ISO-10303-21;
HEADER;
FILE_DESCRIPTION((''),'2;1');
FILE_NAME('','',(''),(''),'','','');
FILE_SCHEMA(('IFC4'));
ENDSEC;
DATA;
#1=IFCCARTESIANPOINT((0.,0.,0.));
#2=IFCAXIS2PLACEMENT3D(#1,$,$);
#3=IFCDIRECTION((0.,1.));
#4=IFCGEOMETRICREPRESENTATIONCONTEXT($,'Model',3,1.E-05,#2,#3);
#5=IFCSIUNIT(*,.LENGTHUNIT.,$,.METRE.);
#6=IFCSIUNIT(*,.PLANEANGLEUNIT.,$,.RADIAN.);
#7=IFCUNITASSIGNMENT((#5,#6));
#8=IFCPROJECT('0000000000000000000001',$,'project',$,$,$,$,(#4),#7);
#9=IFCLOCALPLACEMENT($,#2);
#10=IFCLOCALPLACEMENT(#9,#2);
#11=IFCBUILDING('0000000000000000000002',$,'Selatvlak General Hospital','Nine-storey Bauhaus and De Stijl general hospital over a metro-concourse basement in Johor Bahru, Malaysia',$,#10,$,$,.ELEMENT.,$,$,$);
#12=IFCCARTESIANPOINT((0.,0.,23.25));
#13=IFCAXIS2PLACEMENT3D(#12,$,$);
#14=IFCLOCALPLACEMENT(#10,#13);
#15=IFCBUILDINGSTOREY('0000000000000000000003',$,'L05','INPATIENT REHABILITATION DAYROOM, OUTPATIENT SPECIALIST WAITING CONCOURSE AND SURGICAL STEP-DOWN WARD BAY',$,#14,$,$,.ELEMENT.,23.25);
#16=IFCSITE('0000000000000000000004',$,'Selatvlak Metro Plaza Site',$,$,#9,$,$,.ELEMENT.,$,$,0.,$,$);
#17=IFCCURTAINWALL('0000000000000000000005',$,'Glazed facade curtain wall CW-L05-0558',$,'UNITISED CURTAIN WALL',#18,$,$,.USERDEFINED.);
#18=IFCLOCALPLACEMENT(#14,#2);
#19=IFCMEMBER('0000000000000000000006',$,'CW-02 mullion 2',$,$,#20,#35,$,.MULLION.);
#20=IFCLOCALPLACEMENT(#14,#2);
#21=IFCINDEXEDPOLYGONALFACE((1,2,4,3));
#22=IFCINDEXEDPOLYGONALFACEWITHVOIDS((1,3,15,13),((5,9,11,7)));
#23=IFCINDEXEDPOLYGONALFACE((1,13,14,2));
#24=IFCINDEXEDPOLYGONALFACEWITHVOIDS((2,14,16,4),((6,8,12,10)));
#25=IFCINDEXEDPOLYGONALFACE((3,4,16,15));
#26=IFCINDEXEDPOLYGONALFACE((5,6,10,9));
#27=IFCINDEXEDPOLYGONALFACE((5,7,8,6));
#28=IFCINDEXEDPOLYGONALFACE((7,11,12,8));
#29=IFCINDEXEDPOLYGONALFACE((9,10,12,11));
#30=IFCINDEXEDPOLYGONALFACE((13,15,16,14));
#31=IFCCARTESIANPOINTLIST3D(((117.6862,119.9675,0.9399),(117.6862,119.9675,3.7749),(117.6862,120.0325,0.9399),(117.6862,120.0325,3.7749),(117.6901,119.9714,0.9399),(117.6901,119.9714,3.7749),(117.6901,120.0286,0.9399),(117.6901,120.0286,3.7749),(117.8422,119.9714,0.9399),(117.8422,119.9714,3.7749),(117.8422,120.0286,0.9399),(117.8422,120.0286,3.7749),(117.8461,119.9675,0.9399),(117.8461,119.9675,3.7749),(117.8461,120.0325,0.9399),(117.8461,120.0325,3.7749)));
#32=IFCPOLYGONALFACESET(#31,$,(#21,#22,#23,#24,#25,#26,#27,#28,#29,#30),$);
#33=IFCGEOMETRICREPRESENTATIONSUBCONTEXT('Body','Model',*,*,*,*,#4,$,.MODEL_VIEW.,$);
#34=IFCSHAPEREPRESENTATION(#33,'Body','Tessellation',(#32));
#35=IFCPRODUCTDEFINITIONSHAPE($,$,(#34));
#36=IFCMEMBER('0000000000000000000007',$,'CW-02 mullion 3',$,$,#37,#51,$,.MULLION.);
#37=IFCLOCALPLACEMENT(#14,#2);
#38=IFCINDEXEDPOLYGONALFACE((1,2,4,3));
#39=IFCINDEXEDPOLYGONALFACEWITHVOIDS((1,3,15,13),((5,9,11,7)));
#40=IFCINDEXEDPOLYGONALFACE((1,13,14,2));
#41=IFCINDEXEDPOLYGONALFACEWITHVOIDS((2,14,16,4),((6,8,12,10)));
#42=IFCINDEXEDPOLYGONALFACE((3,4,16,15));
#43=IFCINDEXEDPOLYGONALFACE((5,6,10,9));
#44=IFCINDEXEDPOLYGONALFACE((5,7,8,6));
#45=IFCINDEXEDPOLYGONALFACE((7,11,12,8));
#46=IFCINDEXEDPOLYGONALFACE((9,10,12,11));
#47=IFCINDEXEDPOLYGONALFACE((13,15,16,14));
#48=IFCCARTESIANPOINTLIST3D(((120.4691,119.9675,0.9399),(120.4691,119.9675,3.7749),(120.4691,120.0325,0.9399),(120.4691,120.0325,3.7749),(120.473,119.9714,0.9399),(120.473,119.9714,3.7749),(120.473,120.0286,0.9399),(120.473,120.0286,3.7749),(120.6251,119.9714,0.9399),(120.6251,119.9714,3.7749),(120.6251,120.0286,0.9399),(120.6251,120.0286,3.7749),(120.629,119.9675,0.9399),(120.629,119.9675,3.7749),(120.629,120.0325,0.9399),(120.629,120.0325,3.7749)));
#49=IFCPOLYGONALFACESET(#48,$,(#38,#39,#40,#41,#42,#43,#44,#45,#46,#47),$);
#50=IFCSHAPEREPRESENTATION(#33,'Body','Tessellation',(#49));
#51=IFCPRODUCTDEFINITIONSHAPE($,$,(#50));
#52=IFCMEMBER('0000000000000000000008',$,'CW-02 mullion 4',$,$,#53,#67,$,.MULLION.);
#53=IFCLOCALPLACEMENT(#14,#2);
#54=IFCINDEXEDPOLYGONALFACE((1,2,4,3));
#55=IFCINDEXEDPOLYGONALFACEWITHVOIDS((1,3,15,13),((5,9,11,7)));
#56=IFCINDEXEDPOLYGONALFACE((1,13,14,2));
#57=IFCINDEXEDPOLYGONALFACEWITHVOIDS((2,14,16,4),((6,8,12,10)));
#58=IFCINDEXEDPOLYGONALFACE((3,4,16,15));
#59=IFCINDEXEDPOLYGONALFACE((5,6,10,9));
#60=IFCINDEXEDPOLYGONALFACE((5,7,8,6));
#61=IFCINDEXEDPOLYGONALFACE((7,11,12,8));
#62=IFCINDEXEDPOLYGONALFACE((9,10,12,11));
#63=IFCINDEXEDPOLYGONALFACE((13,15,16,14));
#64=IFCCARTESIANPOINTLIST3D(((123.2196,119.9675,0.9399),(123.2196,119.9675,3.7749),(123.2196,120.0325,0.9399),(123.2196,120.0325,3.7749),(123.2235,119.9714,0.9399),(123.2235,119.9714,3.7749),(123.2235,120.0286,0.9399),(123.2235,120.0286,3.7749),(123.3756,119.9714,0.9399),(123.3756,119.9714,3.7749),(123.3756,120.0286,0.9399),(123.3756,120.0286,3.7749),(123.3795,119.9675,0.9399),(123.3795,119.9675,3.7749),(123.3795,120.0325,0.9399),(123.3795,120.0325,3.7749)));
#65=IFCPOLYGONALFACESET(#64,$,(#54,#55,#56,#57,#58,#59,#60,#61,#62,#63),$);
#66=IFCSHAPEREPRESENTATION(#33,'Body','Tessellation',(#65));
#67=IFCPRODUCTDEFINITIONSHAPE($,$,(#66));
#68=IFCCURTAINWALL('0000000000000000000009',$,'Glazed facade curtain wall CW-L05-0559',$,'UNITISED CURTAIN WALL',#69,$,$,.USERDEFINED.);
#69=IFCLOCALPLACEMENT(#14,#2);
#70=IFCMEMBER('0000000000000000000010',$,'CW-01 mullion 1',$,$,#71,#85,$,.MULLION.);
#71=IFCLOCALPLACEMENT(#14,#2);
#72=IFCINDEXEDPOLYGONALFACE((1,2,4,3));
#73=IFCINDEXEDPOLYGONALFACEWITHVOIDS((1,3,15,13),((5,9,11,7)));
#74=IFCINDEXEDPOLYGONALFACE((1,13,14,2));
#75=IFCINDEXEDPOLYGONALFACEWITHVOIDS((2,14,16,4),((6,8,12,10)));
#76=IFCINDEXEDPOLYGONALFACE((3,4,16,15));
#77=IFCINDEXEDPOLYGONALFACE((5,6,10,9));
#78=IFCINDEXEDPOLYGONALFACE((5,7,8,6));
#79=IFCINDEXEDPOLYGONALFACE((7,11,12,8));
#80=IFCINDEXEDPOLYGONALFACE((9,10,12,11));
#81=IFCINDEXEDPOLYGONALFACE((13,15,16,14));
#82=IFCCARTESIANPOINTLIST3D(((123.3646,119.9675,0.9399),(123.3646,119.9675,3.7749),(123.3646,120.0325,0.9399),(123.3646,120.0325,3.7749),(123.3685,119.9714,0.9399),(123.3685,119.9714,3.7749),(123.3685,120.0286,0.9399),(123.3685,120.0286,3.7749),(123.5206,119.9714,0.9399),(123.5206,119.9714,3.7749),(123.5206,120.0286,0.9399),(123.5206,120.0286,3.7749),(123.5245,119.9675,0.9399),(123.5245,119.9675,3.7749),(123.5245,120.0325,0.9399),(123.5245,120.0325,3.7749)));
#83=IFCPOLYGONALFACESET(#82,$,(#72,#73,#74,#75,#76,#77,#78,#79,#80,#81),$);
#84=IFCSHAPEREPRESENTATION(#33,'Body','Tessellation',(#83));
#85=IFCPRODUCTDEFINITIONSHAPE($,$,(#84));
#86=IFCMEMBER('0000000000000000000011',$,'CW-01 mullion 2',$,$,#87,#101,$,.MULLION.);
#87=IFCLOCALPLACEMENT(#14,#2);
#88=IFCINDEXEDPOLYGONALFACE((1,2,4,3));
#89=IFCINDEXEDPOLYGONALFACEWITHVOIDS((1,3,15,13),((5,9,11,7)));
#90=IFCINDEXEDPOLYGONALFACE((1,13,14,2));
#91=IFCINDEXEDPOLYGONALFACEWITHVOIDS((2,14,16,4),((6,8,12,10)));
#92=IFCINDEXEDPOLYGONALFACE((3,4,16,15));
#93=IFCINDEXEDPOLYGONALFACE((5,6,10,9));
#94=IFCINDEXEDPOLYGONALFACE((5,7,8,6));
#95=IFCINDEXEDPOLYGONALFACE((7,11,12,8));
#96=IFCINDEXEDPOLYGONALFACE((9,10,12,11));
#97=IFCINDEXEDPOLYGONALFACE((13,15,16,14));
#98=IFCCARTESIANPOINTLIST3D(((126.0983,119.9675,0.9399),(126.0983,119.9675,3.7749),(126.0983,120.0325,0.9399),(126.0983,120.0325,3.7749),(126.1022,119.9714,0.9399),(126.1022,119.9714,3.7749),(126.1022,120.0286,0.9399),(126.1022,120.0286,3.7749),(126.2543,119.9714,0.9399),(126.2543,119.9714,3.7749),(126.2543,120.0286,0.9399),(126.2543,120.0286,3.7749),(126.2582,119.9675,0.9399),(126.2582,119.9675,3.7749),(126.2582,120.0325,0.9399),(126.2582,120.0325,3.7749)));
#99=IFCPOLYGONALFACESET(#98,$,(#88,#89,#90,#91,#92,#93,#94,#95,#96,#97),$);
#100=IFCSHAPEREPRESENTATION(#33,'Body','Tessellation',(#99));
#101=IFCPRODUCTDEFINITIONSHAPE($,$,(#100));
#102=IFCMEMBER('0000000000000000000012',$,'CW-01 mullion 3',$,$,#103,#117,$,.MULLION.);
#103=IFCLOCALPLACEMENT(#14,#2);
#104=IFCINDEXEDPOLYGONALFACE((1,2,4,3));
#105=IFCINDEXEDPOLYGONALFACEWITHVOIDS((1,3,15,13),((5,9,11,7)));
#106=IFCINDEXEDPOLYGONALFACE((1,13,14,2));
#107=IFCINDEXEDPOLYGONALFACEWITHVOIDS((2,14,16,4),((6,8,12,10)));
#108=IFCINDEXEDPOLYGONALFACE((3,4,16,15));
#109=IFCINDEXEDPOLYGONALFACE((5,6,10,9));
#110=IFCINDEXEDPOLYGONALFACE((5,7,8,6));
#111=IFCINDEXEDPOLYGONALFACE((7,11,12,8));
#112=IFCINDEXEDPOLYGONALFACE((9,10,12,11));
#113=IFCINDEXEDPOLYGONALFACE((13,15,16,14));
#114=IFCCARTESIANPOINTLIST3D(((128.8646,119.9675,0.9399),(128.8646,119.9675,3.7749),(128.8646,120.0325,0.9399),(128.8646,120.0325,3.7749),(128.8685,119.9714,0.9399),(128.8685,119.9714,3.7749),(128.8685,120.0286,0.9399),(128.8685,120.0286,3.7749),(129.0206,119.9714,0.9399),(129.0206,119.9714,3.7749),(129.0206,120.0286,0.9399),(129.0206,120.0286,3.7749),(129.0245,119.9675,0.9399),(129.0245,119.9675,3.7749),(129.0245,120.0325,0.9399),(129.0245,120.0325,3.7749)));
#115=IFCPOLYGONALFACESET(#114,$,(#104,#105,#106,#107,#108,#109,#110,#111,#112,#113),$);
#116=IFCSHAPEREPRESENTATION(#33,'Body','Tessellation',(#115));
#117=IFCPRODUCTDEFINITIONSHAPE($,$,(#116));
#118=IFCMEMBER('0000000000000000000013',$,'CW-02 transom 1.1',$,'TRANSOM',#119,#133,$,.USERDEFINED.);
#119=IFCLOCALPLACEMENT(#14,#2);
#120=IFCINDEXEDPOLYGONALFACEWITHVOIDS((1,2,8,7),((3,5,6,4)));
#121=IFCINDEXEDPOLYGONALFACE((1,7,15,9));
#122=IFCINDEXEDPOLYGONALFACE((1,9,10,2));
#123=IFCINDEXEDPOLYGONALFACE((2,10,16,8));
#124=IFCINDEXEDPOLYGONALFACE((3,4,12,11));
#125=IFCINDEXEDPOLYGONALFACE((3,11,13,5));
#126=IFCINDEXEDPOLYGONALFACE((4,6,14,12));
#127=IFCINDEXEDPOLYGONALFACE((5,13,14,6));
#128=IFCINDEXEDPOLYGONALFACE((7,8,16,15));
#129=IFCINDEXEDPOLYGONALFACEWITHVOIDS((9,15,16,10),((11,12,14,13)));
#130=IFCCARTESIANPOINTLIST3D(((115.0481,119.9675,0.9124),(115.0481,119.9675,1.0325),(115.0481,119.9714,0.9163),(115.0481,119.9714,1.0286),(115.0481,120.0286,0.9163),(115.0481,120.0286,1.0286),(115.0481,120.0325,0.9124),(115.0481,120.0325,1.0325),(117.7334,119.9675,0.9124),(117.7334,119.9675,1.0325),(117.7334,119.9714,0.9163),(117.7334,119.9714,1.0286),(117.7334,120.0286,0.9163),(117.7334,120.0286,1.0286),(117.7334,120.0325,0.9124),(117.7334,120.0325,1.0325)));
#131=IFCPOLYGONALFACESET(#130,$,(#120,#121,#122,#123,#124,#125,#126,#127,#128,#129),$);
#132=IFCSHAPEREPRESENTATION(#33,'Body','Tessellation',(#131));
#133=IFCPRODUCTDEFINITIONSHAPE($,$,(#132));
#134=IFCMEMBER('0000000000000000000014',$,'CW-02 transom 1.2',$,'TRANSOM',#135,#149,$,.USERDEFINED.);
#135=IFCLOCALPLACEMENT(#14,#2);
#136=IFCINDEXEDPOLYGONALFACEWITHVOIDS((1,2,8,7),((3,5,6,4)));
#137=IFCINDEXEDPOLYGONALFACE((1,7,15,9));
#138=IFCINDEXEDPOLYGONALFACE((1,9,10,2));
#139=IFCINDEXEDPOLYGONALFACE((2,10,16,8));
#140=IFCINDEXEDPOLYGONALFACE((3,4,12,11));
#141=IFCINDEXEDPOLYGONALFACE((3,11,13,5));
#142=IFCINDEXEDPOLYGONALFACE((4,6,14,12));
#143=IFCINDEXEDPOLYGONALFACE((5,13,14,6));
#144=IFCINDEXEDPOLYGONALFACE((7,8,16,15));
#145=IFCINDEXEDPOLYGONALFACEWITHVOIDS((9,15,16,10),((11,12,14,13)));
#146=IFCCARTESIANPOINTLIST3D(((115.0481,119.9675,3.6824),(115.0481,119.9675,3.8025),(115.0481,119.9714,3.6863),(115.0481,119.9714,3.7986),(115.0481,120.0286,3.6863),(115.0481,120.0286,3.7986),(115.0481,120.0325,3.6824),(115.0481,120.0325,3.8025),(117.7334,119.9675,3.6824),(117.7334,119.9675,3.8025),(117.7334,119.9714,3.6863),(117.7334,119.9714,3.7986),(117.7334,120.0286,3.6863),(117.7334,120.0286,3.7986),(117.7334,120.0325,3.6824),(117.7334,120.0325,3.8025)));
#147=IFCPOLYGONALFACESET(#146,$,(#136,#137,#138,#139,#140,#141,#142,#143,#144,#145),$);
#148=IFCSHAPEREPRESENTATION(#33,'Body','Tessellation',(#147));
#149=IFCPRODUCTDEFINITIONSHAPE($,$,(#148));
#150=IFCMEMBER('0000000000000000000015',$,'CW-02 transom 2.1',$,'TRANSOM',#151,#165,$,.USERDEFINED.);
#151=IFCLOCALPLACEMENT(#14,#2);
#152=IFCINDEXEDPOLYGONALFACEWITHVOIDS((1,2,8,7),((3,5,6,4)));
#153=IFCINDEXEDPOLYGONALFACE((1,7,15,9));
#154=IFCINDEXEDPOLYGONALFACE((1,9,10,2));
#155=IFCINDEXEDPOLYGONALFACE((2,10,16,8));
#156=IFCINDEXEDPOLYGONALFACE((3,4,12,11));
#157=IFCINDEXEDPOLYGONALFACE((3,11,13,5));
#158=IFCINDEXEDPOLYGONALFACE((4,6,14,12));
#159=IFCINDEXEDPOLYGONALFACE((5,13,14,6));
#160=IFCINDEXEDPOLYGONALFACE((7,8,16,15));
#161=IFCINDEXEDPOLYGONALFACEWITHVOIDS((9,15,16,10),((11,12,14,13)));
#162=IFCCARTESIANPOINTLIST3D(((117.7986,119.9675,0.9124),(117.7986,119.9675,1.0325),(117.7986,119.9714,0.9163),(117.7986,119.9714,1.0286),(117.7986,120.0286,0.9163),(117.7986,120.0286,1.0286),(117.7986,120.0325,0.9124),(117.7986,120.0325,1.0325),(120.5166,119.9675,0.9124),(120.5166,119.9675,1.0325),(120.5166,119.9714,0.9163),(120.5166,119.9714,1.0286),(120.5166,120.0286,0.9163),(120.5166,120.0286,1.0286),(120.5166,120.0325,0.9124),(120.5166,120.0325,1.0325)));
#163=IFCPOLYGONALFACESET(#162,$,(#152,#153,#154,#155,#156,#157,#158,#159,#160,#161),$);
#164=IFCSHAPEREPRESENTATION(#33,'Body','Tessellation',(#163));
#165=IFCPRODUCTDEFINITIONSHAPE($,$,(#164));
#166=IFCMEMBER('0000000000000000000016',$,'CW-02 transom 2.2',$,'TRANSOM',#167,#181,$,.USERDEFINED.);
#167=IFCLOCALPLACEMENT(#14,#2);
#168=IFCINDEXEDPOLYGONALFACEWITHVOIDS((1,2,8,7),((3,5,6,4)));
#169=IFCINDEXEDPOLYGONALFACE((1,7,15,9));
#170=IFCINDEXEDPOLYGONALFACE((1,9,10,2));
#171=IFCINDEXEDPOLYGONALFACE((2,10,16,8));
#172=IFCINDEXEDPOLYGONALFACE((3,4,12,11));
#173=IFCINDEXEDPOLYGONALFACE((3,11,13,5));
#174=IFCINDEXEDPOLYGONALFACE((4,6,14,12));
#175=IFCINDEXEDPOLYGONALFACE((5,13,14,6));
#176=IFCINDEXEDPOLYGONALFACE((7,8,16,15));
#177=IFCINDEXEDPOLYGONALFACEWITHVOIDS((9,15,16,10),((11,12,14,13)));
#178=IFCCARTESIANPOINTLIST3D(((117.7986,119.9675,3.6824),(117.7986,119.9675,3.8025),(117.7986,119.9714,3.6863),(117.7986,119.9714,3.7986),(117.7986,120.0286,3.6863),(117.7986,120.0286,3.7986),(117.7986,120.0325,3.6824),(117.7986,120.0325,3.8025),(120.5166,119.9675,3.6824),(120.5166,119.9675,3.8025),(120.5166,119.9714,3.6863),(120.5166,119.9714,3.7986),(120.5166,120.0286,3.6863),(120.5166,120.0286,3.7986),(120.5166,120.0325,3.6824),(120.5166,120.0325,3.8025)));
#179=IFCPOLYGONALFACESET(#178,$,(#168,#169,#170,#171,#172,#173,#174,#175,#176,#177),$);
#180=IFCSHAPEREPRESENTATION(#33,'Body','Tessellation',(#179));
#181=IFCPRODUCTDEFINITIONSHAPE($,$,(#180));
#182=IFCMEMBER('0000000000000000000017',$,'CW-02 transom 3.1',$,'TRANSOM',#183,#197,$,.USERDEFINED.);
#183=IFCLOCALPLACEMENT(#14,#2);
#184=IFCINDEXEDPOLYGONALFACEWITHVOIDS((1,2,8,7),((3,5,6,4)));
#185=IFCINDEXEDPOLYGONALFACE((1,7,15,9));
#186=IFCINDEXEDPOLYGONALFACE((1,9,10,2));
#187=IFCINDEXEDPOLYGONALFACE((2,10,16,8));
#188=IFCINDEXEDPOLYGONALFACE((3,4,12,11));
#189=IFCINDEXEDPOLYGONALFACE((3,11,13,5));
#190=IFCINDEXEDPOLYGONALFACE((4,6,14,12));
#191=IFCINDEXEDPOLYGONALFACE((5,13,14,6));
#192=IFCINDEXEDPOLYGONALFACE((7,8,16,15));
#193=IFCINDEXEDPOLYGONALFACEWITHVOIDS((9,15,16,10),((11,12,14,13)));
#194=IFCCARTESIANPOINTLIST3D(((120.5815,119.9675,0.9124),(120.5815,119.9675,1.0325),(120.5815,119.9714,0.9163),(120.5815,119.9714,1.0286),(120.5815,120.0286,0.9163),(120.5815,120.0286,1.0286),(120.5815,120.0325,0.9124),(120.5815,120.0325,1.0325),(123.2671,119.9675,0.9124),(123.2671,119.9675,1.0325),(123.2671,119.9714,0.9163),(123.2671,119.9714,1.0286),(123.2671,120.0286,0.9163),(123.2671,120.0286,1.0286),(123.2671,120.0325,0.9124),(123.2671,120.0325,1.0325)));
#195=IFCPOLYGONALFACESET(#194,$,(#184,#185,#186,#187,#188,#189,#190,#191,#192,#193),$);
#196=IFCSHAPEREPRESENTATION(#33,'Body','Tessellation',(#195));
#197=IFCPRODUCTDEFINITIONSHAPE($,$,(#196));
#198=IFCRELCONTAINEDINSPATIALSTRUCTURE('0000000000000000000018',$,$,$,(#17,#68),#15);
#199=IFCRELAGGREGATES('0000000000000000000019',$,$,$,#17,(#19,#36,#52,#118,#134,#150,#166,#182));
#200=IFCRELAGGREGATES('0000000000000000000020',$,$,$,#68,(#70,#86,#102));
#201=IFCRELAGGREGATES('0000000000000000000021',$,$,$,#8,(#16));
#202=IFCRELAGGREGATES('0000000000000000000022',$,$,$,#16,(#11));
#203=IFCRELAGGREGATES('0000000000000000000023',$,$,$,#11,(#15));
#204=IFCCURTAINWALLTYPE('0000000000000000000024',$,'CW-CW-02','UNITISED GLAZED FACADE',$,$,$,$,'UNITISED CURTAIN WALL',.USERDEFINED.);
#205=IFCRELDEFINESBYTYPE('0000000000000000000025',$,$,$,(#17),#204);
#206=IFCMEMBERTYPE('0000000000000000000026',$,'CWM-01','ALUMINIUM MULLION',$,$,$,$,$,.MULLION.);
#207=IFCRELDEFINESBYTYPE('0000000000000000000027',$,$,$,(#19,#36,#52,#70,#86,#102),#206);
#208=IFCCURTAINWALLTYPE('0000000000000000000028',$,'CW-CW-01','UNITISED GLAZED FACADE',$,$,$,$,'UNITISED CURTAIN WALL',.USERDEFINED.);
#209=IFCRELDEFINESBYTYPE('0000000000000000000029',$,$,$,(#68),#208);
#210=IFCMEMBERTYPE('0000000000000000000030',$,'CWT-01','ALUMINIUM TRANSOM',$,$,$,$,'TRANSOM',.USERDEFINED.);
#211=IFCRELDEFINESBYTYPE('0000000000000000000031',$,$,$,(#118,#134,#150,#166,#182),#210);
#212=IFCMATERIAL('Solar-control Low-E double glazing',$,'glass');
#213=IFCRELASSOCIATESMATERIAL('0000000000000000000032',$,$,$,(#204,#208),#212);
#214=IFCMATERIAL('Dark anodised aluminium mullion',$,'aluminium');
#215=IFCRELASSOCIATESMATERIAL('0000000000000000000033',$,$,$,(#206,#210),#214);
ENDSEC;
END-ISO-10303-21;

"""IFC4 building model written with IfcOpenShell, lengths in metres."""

from ifc_helpers import new_model, si_unit, direction, frame, origin, origin_2d, place, context, subcontext, project, spatial, hollow_rectangle, extrude, material, material_profile, profile_set, type_object, element, aggregate, save


model = new_model("IFC4")

# Units and contexts
model_context = context("Model", 3, precision=1e-05, world=origin(), true_north=direction((0.0, 1.0)))
body_context = subcontext(model_context, "Body", "Model", "MODEL_VIEW")
ifc_project = project(units=[si_unit("LENGTHUNIT", "METRE"), si_unit("PLANEANGLEUNIT", "RADIAN")], contexts=[model_context])

# Site, building, storey
site_placement = place(None, origin())
site = spatial("IfcSite", under=ifc_project, at=site_placement, Name="Selatvlak Metro Plaza Site", CompositionType="ELEMENT", RefElevation=0.0)
building_placement = place(site_placement, origin())
building = spatial("IfcBuilding", under=site, at=building_placement, Name="Selatvlak General Hospital", Description="Nine-storey Bauhaus and De Stijl general hospital over a metro-concourse basement in Johor Bahru, Malaysia", CompositionType="ELEMENT")
storey_placement = place(building_placement, frame((0.0, 0.0, 23.25)))
storey = spatial("IfcBuildingStorey", under=building, at=storey_placement, Name="L05", Description="INPATIENT REHABILITATION DAYROOM, OUTPATIENT SPECIALIST WAITING CONCOURSE AND SURGICAL STEP-DOWN WARD BAY", CompositionType="ELEMENT", Elevation=23.25)

# Curtain walls, members
ifc_material_1 = material(Name="Solar-control Low-E double glazing", Category="glass")
curtain_wall_type_1 = type_object("IfcCurtainWallType", Name="CW-CW-02", Description="UNITISED GLAZED FACADE", ElementType="UNITISED CURTAIN WALL", PredefinedType="USERDEFINED", material=ifc_material_1)
curtain_wall_1_placement = place(storey_placement, origin())
curtain_wall_1 = element("IfcCurtainWall", 1, at=curtain_wall_1_placement, inside=storey, type_object=curtain_wall_type_1, Name="Glazed facade curtain wall CW-L05-0558", ObjectType="UNITISED CURTAIN WALL", PredefinedType="USERDEFINED")
ifc_material_2 = material(Name="Dark anodised aluminium mullion", Category="aluminium")
ifc_material_profile_1 = material_profile(ifc_material_2, hollow_rectangle(XDim=0.0649, YDim=0.1599, WallThickness=0.0039, at=origin_2d()), Name="AL-MUL 65x160x4")
ifc_profile_set_1 = profile_set([ifc_material_profile_1], Name="Dark anodised aluminium mullion")
member_type_1 = type_object("IfcMemberType", Name="CWM-01", Description="ALUMINIUM MULLION", PredefinedType="MULLION", material=ifc_profile_set_1)
member_1_placement = place(storey_placement, frame((117.7661, 120.0, 0.9399), z_axis=(0.0, 0.0, 1.0), x_axis=(0.0, 1.0, 0.0)))
member_1 = element("IfcMember", 2, at=member_1_placement, type_object=member_type_1, Name="CW-02 mullion 2", PredefinedType="MULLION", context=body_context, shape_type="SweptSolid", body=[
    extrude(hollow_rectangle(XDim=0.0649, YDim=0.1599, WallThickness=0.0039, at=origin_2d()), origin(), (0.0, 0.0, 1.0), 2.835),
])
member_2_placement = place(storey_placement, frame((120.5491, 120.0, 0.9399), z_axis=(0.0, 0.0, 1.0), x_axis=(0.0, 1.0, 0.0)))
member_2 = element("IfcMember", 3, at=member_2_placement, type_object=member_type_1, Name="CW-02 mullion 3", PredefinedType="MULLION", context=body_context, shape_type="SweptSolid", body=[
    extrude(hollow_rectangle(XDim=0.0649, YDim=0.1599, WallThickness=0.0039, at=origin_2d()), origin(), (0.0, 0.0, 1.0), 2.835),
])
member_3_placement = place(storey_placement, frame((123.2996, 120.0, 0.9399), z_axis=(0.0, 0.0, 1.0), x_axis=(0.0, 1.0, 0.0)))
member_3 = element("IfcMember", 4, at=member_3_placement, type_object=member_type_1, Name="CW-02 mullion 4", PredefinedType="MULLION", context=body_context, shape_type="SweptSolid", body=[
    extrude(hollow_rectangle(XDim=0.0649, YDim=0.1599, WallThickness=0.0039, at=origin_2d()), origin(), (0.0, 0.0, 1.0), 2.835),
])
curtain_wall_type_2 = type_object("IfcCurtainWallType", Name="CW-CW-01", Description="UNITISED GLAZED FACADE", ElementType="UNITISED CURTAIN WALL", PredefinedType="USERDEFINED", material=ifc_material_1)
curtain_wall_2_placement = place(storey_placement, origin())
curtain_wall_2 = element("IfcCurtainWall", 5, at=curtain_wall_2_placement, inside=storey, type_object=curtain_wall_type_2, Name="Glazed facade curtain wall CW-L05-0559", ObjectType="UNITISED CURTAIN WALL", PredefinedType="USERDEFINED")
member_4_placement = place(storey_placement, frame((123.4446, 120.0, 0.9399), z_axis=(0.0, 0.0, 1.0), x_axis=(0.0, 1.0, 0.0)))
member_4 = element("IfcMember", 6, at=member_4_placement, type_object=member_type_1, Name="CW-01 mullion 1", PredefinedType="MULLION", context=body_context, shape_type="SweptSolid", body=[
    extrude(hollow_rectangle(XDim=0.0649, YDim=0.1599, WallThickness=0.0039, at=origin_2d()), origin(), (0.0, 0.0, 1.0), 2.835),
])
member_5_placement = place(storey_placement, frame((126.1782, 120.0, 0.9399), z_axis=(0.0, 0.0, 1.0), x_axis=(0.0, 1.0, 0.0)))
member_5 = element("IfcMember", 7, at=member_5_placement, type_object=member_type_1, Name="CW-01 mullion 2", PredefinedType="MULLION", context=body_context, shape_type="SweptSolid", body=[
    extrude(hollow_rectangle(XDim=0.0649, YDim=0.1599, WallThickness=0.0039, at=origin_2d()), origin(), (0.0, 0.0, 1.0), 2.835),
])
member_6_placement = place(storey_placement, frame((128.9446, 120.0, 0.9399), z_axis=(0.0, 0.0, 1.0), x_axis=(0.0, 1.0, 0.0)))
member_6 = element("IfcMember", 8, at=member_6_placement, type_object=member_type_1, Name="CW-01 mullion 3", PredefinedType="MULLION", context=body_context, shape_type="SweptSolid", body=[
    extrude(hollow_rectangle(XDim=0.0649, YDim=0.1599, WallThickness=0.0039, at=origin_2d()), origin(), (0.0, 0.0, 1.0), 2.835),
])

# Members
ifc_material_profile_2 = material_profile(ifc_material_2, hollow_rectangle(XDim=0.0649, YDim=0.1201, WallThickness=0.0039, at=origin_2d()), Name="AL-TRN 65x120x4")
ifc_profile_set_2 = profile_set([ifc_material_profile_2], Name="Dark anodised aluminium mullion")
member_type_2 = type_object("IfcMemberType", Name="CWT-01", Description="ALUMINIUM TRANSOM", ElementType="TRANSOM", PredefinedType="USERDEFINED", material=ifc_profile_set_2)
member_7_placement = place(storey_placement, frame((115.0481, 120.0, 0.9724), z_axis=(1.0, 0.0, 0.0), x_axis=(0.0, 1.0, 0.0)))
member_7 = element("IfcMember", 9, at=member_7_placement, type_object=member_type_2, Name="CW-02 transom 1.1", ObjectType="TRANSOM", PredefinedType="USERDEFINED", context=body_context, shape_type="SweptSolid", body=[
    extrude(hollow_rectangle(XDim=0.0649, YDim=0.1201, WallThickness=0.0039, at=origin_2d()), origin(), (0.0, 0.0, 1.0), 2.6853),
])
member_8_placement = place(storey_placement, frame((115.0481, 120.0, 3.7424), z_axis=(1.0, 0.0, 0.0), x_axis=(0.0, 1.0, 0.0)))
member_8 = element("IfcMember", 10, at=member_8_placement, type_object=member_type_2, Name="CW-02 transom 1.2", ObjectType="TRANSOM", PredefinedType="USERDEFINED", context=body_context, shape_type="SweptSolid", body=[
    extrude(hollow_rectangle(XDim=0.0649, YDim=0.1201, WallThickness=0.0039, at=origin_2d()), origin(), (0.0, 0.0, 1.0), 2.6853),
])
member_9_placement = place(storey_placement, frame((117.7986, 120.0, 0.9724), z_axis=(1.0, 0.0, 0.0), x_axis=(0.0, 1.0, 0.0)))
member_9 = element("IfcMember", 11, at=member_9_placement, type_object=member_type_2, Name="CW-02 transom 2.1", ObjectType="TRANSOM", PredefinedType="USERDEFINED", context=body_context, shape_type="SweptSolid", body=[
    extrude(hollow_rectangle(XDim=0.0649, YDim=0.1201, WallThickness=0.0039, at=origin_2d()), origin(), (0.0, 0.0, 1.0), 2.718),
])
member_10_placement = place(storey_placement, frame((117.7986, 120.0, 3.7424), z_axis=(1.0, 0.0, 0.0), x_axis=(0.0, 1.0, 0.0)))
member_10 = element("IfcMember", 12, at=member_10_placement, type_object=member_type_2, Name="CW-02 transom 2.2", ObjectType="TRANSOM", PredefinedType="USERDEFINED", context=body_context, shape_type="SweptSolid", body=[
    extrude(hollow_rectangle(XDim=0.0649, YDim=0.1201, WallThickness=0.0039, at=origin_2d()), origin(), (0.0, 0.0, 1.0), 2.718),
])
member_11_placement = place(storey_placement, frame((120.5815, 120.0, 0.9724), z_axis=(1.0, 0.0, 0.0), x_axis=(0.0, 1.0, 0.0)))
member_11 = element("IfcMember", 13, at=member_11_placement, type_object=member_type_2, Name="CW-02 transom 3.1", ObjectType="TRANSOM", PredefinedType="USERDEFINED", context=body_context, shape_type="SweptSolid", body=[
    extrude(hollow_rectangle(XDim=0.0649, YDim=0.1201, WallThickness=0.0039, at=origin_2d()), origin(), (0.0, 0.0, 1.0), 2.6855),
])

aggregate(curtain_wall_1, [member_1, member_2, member_3, member_7, member_8, member_9, member_10, member_11])
aggregate(curtain_wall_2, [member_4, member_5, member_6])

save(model, "model.ifc")
